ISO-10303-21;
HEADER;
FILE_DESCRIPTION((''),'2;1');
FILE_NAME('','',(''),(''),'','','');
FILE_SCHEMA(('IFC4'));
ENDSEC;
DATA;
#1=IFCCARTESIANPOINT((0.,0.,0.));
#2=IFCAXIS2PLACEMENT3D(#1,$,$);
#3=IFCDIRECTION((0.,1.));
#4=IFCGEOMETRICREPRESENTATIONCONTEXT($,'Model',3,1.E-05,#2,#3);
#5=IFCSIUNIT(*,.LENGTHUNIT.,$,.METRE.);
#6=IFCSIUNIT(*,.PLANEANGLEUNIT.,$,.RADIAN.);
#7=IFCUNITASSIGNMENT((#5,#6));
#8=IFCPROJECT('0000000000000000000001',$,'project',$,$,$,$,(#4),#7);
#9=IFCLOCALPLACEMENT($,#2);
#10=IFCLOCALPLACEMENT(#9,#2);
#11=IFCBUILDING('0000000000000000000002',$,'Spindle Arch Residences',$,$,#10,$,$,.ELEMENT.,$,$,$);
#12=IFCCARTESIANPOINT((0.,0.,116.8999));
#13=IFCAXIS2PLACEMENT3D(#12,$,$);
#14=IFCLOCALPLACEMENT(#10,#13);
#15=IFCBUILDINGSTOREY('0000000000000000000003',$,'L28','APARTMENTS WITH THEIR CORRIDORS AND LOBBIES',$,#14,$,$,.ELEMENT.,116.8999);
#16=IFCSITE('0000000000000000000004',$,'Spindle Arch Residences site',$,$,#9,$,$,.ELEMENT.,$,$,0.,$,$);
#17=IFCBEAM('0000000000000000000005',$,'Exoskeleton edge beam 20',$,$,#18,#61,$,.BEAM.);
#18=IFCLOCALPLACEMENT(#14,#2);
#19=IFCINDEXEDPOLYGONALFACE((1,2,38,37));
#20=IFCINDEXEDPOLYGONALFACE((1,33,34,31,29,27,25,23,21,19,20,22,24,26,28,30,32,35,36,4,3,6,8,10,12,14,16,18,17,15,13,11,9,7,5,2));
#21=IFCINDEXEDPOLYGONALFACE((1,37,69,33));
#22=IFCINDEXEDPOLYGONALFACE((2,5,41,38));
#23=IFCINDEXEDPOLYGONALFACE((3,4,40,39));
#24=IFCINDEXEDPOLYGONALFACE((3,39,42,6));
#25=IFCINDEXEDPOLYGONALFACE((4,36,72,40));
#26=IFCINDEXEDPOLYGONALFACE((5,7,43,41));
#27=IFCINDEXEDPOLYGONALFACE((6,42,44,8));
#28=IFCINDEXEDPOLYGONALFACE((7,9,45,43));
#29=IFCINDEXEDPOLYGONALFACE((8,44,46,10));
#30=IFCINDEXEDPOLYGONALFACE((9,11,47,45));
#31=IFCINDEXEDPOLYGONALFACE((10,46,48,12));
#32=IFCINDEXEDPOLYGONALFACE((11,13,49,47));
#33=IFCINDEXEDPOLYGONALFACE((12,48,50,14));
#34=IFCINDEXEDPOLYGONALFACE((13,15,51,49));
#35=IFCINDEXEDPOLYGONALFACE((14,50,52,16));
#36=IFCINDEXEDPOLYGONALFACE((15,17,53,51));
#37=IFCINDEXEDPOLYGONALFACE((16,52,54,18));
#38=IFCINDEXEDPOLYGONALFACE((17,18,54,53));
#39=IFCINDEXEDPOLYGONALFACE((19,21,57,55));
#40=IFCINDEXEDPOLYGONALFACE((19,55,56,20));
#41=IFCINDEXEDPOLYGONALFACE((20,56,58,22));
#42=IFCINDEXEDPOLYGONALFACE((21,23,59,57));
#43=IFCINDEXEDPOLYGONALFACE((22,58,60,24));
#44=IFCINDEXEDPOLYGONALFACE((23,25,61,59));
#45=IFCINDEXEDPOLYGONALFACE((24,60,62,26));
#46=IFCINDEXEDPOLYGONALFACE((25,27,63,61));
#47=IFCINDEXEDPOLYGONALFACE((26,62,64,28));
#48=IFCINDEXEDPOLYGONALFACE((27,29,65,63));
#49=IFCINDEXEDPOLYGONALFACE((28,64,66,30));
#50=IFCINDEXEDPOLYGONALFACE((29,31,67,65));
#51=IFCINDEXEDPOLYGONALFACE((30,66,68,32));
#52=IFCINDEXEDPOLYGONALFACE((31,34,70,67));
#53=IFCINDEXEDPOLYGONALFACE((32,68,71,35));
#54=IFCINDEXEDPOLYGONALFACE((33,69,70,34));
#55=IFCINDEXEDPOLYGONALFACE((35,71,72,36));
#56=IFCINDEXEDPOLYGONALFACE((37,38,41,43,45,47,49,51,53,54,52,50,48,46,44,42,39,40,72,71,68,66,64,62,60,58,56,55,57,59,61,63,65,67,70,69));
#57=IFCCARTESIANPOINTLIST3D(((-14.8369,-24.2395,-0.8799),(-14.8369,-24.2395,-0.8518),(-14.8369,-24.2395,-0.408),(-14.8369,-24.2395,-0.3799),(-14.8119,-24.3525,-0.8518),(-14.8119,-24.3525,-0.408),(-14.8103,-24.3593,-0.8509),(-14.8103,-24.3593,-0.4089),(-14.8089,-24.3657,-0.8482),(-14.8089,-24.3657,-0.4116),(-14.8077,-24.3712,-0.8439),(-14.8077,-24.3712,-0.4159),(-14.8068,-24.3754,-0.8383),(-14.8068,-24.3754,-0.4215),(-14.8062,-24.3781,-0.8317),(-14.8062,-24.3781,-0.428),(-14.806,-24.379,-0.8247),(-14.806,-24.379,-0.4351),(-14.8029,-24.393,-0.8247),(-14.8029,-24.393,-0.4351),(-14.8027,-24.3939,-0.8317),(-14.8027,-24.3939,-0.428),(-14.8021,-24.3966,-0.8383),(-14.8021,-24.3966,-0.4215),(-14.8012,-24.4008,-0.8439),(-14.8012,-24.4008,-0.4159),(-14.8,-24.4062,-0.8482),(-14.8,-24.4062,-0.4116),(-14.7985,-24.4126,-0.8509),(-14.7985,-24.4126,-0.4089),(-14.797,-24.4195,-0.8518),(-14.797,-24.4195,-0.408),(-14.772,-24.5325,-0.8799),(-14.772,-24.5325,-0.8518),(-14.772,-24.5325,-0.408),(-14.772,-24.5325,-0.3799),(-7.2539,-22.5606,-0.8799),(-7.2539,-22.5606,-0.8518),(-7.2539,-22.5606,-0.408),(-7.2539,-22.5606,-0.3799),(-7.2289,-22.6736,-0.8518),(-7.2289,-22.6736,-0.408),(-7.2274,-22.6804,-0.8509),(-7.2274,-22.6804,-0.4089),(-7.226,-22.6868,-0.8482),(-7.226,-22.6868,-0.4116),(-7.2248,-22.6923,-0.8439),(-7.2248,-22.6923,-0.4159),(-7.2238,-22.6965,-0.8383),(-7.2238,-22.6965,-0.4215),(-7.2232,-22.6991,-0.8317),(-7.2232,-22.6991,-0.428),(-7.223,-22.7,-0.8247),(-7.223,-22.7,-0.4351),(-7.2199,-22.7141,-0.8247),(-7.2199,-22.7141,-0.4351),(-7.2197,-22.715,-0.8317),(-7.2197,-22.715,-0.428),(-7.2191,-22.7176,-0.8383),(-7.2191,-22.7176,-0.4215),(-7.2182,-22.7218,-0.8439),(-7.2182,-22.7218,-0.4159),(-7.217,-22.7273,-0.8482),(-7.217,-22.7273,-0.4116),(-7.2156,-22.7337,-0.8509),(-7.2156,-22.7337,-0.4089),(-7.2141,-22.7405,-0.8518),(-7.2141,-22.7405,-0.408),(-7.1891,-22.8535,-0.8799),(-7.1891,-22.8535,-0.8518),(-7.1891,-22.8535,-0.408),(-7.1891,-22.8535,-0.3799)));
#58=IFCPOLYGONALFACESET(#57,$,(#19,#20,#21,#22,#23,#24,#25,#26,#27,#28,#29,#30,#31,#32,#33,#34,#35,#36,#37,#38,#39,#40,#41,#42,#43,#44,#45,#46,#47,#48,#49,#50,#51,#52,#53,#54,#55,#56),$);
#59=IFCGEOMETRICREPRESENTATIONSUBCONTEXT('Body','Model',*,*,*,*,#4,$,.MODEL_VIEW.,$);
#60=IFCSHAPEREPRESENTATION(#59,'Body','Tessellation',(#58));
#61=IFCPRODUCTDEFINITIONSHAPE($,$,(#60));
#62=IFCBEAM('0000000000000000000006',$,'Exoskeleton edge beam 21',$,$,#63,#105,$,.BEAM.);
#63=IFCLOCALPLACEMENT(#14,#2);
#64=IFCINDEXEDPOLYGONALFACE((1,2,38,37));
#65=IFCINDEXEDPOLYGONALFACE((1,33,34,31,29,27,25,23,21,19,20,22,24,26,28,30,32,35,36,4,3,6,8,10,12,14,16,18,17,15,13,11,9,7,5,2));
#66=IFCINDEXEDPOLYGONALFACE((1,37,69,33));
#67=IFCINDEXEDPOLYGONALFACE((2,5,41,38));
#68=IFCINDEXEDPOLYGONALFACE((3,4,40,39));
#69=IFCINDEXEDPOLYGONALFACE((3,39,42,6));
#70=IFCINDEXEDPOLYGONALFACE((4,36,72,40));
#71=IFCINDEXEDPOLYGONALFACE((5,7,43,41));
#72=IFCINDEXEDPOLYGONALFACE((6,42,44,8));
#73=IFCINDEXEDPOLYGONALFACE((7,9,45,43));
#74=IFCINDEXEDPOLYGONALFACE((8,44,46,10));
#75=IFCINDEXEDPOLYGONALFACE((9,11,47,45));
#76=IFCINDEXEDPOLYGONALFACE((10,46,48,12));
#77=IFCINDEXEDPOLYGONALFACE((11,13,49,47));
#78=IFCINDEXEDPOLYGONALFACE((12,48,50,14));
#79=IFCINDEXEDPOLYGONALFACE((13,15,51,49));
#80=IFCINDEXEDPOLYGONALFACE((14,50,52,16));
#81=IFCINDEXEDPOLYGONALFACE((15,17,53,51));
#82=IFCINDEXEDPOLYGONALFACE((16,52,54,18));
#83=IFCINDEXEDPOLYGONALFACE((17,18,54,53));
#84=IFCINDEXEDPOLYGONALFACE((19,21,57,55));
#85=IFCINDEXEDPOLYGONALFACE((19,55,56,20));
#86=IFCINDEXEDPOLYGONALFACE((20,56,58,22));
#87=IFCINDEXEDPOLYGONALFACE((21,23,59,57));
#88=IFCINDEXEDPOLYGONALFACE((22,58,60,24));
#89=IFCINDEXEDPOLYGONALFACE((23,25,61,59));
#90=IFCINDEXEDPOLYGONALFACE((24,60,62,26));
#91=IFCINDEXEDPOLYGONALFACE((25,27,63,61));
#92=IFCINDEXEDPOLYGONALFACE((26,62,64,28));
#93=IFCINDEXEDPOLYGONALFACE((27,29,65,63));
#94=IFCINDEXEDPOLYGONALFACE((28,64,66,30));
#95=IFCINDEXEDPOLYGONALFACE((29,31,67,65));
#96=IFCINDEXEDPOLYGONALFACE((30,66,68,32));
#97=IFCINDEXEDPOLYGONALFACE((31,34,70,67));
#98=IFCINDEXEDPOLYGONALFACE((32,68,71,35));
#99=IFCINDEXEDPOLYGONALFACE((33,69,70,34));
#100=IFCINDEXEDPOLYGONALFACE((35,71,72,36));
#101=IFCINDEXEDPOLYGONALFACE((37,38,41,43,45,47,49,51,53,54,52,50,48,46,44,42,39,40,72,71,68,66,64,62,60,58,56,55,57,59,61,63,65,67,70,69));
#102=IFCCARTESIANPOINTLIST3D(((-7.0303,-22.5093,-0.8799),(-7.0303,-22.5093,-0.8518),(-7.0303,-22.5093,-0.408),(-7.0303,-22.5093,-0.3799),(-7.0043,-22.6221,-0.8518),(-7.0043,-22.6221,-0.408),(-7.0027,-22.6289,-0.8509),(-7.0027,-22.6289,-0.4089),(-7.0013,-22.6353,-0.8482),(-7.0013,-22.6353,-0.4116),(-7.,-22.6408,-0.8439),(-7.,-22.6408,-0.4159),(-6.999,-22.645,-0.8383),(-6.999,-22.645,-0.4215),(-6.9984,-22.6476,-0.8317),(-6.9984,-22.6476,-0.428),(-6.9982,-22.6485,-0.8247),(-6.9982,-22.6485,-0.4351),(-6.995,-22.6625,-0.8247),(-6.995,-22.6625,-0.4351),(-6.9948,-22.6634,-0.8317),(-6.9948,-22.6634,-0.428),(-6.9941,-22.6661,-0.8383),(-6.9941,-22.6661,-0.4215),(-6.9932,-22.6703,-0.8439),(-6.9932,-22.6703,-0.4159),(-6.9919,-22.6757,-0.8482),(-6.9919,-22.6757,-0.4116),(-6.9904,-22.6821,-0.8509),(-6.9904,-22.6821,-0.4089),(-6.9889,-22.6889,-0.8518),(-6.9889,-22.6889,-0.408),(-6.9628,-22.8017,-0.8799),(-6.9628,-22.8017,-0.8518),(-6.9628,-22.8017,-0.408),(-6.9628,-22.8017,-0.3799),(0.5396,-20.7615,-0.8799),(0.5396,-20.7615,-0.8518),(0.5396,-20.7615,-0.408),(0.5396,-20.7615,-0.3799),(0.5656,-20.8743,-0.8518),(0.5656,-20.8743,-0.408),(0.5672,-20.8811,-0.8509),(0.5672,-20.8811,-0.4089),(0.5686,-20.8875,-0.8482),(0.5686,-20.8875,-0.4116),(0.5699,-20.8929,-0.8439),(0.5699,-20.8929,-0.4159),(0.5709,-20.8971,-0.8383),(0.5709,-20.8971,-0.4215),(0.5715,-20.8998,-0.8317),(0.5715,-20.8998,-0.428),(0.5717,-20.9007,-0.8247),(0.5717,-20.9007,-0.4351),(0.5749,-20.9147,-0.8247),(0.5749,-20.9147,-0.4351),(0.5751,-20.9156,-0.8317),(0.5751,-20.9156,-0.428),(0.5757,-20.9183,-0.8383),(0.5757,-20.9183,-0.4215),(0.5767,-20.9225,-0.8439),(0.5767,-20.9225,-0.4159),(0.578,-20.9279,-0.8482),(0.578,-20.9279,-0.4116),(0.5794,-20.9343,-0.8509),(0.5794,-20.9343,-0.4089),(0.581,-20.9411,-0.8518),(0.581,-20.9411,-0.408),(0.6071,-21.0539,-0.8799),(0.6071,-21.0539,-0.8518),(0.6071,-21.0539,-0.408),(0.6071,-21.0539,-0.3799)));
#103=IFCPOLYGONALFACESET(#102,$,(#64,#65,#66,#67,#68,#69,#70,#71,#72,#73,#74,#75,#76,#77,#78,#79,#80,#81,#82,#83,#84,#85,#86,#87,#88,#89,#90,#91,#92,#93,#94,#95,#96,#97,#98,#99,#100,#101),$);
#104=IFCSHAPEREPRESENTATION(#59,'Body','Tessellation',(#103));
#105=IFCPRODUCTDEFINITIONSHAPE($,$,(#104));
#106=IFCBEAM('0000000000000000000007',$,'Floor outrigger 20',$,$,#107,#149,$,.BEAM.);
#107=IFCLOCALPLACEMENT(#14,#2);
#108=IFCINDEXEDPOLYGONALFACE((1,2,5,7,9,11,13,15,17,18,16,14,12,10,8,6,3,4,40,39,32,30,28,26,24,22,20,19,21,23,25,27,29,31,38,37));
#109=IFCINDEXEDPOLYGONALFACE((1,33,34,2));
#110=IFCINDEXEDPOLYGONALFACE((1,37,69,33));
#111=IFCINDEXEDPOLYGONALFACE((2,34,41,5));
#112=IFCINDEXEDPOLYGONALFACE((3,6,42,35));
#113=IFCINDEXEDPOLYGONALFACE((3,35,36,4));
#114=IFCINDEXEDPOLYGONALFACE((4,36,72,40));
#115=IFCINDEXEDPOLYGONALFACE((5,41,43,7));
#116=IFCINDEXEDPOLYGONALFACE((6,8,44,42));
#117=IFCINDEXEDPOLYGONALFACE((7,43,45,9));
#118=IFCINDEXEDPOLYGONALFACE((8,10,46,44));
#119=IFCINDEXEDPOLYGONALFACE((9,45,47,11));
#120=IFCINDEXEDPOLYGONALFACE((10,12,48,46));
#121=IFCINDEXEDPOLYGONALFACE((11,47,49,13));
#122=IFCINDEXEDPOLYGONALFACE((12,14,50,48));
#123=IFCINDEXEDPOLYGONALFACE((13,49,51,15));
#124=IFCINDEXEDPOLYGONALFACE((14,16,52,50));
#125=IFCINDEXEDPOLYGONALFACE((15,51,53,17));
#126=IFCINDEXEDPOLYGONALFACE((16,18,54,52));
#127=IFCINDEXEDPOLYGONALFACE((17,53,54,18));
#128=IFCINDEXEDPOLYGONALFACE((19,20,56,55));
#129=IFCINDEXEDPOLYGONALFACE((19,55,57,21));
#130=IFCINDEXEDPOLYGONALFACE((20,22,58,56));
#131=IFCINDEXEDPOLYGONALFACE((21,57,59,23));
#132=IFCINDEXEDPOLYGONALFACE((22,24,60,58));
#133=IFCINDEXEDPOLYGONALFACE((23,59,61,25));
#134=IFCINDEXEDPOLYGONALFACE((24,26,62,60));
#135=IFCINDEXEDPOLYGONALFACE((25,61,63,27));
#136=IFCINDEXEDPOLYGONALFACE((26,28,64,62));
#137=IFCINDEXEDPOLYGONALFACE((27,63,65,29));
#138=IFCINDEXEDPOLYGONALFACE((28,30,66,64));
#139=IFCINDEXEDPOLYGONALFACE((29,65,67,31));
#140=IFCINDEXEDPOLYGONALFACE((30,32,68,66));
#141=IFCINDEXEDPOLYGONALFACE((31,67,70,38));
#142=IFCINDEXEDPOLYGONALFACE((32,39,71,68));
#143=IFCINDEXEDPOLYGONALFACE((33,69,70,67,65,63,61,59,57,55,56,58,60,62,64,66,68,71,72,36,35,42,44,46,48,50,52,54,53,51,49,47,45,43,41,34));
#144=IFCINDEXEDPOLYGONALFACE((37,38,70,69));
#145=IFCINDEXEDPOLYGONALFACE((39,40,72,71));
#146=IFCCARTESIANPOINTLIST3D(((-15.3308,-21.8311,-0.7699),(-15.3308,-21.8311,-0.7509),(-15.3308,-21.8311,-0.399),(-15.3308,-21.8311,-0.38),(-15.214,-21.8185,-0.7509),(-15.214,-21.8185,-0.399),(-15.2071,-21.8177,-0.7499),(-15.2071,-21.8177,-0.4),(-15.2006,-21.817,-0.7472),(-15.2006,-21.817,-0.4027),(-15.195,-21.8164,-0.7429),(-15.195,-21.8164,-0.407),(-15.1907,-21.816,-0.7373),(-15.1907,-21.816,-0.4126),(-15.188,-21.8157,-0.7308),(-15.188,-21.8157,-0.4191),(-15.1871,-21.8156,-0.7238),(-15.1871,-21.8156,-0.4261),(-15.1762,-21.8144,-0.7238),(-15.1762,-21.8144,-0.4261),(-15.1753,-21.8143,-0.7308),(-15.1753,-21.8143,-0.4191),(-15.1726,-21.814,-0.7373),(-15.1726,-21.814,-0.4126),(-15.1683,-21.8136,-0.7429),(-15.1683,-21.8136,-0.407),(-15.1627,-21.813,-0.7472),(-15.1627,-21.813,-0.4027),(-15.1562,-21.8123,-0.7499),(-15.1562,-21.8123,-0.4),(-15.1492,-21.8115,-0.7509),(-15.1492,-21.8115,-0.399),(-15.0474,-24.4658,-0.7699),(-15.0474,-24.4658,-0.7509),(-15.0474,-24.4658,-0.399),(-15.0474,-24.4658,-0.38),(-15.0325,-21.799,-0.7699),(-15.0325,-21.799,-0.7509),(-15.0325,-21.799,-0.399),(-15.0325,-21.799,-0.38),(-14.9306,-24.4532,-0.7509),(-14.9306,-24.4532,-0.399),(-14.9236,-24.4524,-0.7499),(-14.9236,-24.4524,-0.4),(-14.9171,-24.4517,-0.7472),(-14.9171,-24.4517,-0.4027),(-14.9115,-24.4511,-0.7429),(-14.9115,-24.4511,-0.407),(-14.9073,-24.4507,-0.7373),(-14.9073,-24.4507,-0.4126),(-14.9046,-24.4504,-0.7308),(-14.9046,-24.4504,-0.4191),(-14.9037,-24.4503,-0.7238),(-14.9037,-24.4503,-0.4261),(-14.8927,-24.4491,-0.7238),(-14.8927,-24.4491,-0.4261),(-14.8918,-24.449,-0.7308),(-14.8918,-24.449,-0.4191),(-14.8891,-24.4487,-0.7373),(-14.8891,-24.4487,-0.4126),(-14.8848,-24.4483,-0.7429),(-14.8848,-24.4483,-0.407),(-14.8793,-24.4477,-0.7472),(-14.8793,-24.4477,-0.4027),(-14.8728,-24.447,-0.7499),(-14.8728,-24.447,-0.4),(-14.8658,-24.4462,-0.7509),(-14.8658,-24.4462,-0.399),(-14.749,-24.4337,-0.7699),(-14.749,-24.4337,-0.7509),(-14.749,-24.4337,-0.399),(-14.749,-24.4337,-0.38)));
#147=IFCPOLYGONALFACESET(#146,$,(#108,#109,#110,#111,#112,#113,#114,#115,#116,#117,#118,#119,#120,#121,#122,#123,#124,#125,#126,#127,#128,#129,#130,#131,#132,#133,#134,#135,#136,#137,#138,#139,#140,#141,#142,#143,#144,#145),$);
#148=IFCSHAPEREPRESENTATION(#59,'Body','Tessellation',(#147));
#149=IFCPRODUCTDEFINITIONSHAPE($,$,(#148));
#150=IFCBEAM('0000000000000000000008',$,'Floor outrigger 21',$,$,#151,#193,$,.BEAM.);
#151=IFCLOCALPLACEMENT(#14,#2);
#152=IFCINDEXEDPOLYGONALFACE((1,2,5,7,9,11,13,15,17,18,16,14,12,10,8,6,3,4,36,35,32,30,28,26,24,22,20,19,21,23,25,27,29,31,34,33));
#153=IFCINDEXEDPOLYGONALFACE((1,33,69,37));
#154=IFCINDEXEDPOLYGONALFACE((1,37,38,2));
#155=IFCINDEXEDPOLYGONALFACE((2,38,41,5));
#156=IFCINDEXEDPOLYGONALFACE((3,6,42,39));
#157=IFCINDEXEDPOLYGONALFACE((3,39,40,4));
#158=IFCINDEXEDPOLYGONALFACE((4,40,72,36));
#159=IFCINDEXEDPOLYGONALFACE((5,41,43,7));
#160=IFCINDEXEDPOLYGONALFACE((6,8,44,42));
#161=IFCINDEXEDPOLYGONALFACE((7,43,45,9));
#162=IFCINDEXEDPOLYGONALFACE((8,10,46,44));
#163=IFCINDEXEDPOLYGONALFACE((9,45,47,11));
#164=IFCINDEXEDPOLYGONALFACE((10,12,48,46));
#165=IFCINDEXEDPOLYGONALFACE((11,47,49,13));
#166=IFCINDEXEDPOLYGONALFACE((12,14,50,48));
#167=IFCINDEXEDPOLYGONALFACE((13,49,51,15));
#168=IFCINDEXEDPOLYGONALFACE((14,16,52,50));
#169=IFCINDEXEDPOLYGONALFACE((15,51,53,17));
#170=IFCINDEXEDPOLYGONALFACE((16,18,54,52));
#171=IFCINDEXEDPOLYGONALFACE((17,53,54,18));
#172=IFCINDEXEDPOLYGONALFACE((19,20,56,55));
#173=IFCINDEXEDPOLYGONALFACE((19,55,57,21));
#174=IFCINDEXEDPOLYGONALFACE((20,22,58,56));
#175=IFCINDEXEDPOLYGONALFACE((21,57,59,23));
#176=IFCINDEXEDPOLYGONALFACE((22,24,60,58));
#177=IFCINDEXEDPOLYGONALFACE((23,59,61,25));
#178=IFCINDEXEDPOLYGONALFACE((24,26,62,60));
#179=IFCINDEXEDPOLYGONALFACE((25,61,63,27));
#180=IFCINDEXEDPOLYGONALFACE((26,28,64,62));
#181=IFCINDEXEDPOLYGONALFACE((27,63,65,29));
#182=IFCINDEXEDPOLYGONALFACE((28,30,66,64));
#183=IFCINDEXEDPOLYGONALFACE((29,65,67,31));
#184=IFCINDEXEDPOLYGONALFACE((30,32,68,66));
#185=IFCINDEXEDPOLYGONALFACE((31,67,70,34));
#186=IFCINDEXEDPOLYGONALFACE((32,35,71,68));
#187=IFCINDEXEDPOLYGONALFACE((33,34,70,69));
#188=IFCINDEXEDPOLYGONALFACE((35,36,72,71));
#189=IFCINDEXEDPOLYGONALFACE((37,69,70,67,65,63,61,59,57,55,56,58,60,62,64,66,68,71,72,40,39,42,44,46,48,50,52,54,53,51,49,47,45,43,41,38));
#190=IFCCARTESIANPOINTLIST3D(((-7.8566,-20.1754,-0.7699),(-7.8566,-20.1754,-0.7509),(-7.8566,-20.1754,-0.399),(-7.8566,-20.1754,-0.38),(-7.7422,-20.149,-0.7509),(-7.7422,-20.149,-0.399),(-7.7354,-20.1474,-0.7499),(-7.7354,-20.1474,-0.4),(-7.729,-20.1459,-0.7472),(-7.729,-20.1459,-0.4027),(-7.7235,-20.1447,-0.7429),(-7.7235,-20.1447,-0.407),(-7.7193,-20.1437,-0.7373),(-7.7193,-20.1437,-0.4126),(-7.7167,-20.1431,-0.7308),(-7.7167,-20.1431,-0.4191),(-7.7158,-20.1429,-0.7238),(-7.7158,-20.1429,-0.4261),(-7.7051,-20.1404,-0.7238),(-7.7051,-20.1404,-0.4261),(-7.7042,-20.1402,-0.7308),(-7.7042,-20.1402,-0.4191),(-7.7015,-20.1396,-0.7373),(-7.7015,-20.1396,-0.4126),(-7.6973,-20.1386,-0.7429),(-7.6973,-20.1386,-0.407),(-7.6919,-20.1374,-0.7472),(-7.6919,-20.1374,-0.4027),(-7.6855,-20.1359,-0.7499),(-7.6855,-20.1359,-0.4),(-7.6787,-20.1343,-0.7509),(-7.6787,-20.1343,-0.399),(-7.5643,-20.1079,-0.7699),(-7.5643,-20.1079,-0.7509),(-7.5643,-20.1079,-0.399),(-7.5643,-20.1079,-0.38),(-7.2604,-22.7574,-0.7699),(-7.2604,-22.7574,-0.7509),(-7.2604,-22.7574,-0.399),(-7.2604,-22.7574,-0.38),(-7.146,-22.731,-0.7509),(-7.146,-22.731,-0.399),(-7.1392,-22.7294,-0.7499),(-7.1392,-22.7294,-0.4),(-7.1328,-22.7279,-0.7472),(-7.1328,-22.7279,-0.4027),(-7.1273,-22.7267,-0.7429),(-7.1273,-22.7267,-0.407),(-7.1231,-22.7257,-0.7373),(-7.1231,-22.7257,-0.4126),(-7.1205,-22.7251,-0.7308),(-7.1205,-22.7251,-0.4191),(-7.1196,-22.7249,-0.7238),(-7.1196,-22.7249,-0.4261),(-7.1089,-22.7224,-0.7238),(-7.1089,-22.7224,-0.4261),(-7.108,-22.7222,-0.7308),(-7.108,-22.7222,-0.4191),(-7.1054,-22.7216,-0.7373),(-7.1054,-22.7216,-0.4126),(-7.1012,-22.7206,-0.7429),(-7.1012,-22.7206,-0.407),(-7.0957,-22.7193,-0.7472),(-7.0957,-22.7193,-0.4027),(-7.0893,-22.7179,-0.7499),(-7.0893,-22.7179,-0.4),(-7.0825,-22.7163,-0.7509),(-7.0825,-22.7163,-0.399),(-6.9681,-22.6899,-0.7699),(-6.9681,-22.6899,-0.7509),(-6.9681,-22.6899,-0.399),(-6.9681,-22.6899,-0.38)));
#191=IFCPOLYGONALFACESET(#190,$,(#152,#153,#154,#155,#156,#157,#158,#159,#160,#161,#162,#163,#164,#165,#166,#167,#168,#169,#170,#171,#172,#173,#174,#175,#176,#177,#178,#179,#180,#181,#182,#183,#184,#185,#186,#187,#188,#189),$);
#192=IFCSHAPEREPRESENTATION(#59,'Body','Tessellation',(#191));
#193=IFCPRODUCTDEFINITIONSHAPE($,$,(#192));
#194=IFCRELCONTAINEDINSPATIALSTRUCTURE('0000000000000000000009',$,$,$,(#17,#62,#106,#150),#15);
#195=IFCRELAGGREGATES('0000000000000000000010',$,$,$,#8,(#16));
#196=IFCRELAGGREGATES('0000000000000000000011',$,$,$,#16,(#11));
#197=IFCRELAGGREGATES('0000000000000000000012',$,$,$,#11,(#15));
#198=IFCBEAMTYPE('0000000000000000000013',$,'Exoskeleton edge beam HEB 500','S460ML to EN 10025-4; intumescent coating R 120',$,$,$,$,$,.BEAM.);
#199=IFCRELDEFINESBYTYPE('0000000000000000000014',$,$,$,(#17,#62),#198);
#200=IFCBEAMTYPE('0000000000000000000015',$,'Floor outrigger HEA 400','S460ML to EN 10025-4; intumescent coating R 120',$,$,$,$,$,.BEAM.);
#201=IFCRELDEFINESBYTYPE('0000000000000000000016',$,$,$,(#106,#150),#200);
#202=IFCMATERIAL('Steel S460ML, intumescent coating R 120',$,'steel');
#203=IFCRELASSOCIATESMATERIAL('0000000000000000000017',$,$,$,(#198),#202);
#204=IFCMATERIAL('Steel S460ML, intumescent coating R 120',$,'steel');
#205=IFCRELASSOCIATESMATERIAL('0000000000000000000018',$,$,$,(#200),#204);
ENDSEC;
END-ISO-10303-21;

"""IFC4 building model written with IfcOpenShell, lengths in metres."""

from ifc_helpers import new_model, si_unit, direction, frame, origin, origin_2d, place, context, subcontext, project, spatial, i_section, extrude, material, material_profile, profile_set, type_object, element, save


model = new_model("IFC4")

# Units and contexts
model_context = context("Model", 3, precision=1e-05, world=origin(), true_north=direction((0.0, 1.0)))
body_context = subcontext(model_context, "Body", "Model", "MODEL_VIEW")
ifc_project = project(units=[si_unit("LENGTHUNIT", "METRE"), si_unit("PLANEANGLEUNIT", "RADIAN")], contexts=[model_context])

# Site, building, storey
site_placement = place(None, origin())
site = spatial("IfcSite", under=ifc_project, at=site_placement, Name="Spindle Arch Residences site", CompositionType="ELEMENT", RefElevation=0.0)
building_placement = place(site_placement, origin())
building = spatial("IfcBuilding", under=site, at=building_placement, Name="Spindle Arch Residences", CompositionType="ELEMENT")
storey_placement = place(building_placement, frame((0.0, 0.0, 116.8999)))
storey = spatial("IfcBuildingStorey", under=building, at=storey_placement, Name="L28", Description="APARTMENTS WITH THEIR CORRIDORS AND LOBBIES", CompositionType="ELEMENT", Elevation=116.8999)

# Beams
ifc_material_1 = material(Name="Steel S460ML, intumescent coating R 120", Category="steel")
ifc_material_profile_1 = material_profile(ifc_material_1, i_section(OverallWidth=0.3, OverallDepth=0.5, WebThickness=0.0144, FlangeThickness=0.0281, FilletRadius=0.0271, at=origin_2d()), Name="HEB 500")
ifc_profile_set_1 = profile_set([ifc_material_profile_1], Name="Steel S460ML, intumescent coating R 120")
beam_type_1 = type_object("IfcBeamType", Name="Exoskeleton edge beam HEB 500", Description="S460ML to EN 10025-4; intumescent coating R 120", PredefinedType="BEAM", material=ifc_profile_set_1)
beam_1_placement = place(storey_placement, frame((-14.8044, -24.386, -0.6299), z_axis=(0.976355, 0.216175, 0.0), x_axis=(-0.216175, 0.976355, 0.0)))
element("IfcBeam", 1, at=beam_1_placement, inside=storey, type_object=beam_type_1, Name="Exoskeleton edge beam 20", PredefinedType="BEAM", context=body_context, shape_type="SweptSolid", body=[
    extrude(i_section(OverallWidth=0.3, OverallDepth=0.5, WebThickness=0.0144, FlangeThickness=0.0281, FilletRadius=0.0271, at=origin_2d()), origin(), (0.0, 0.0, 1.0), 7.7666),
])
beam_2_placement = place(storey_placement, frame((-6.9966, -22.6555, -0.6299), z_axis=(0.974365, 0.224972, 0.0), x_axis=(-0.224972, 0.974365, 0.0)))
element("IfcBeam", 2, at=beam_2_placement, inside=storey, type_object=beam_type_1, Name="Exoskeleton edge beam 21", PredefinedType="BEAM", context=body_context, shape_type="SweptSolid", body=[
    extrude(i_section(OverallWidth=0.3, OverallDepth=0.5, WebThickness=0.0144, FlangeThickness=0.0281, FilletRadius=0.0271, at=origin_2d()), origin(), (0.0, 0.0, 1.0), 7.769),
])
ifc_material_2 = material(Name="Steel S460ML, intumescent coating R 120", Category="steel")
ifc_material_profile_2 = material_profile(ifc_material_2, i_section(OverallWidth=0.3, OverallDepth=0.3899, WebThickness=0.011, FlangeThickness=0.019, FilletRadius=0.0271, at=origin_2d()), Name="HEA 400")
ifc_profile_set_2 = profile_set([ifc_material_profile_2], Name="Steel S460ML, intumescent coating R 120")
beam_type_2 = type_object("IfcBeamType", Name="Floor outrigger HEA 400", Description="S460ML to EN 10025-4; intumescent coating R 120", PredefinedType="BEAM", material=ifc_profile_set_2)
for number, where, z_axis, x_axis, name in (
    (3, (-14.8982, -24.4497, -0.575), (-0.106963, 0.994263, 0.0), (-0.994263, -0.106963, 0.0), "Floor outrigger 20"),
    (4, (-7.1143, -22.7236, -0.575), (-0.224981, 0.974363, 0.0), (-0.974363, -0.224981, 0.0), "Floor outrigger 21"),
):
    element("IfcBeam", number, at=place(storey_placement, frame(where, z_axis=z_axis, x_axis=x_axis)), inside=storey, type_object=beam_type_2, Name=name, PredefinedType="BEAM", context=body_context, shape_type="SweptSolid", body=[
        extrude(i_section(OverallWidth=0.3, OverallDepth=0.3899, WebThickness=0.011, FlangeThickness=0.019, FilletRadius=0.0271, at=origin_2d()), origin(), (0.0, 0.0, 1.0), 2.6499),
    ])

save(model, "model.ifc")
